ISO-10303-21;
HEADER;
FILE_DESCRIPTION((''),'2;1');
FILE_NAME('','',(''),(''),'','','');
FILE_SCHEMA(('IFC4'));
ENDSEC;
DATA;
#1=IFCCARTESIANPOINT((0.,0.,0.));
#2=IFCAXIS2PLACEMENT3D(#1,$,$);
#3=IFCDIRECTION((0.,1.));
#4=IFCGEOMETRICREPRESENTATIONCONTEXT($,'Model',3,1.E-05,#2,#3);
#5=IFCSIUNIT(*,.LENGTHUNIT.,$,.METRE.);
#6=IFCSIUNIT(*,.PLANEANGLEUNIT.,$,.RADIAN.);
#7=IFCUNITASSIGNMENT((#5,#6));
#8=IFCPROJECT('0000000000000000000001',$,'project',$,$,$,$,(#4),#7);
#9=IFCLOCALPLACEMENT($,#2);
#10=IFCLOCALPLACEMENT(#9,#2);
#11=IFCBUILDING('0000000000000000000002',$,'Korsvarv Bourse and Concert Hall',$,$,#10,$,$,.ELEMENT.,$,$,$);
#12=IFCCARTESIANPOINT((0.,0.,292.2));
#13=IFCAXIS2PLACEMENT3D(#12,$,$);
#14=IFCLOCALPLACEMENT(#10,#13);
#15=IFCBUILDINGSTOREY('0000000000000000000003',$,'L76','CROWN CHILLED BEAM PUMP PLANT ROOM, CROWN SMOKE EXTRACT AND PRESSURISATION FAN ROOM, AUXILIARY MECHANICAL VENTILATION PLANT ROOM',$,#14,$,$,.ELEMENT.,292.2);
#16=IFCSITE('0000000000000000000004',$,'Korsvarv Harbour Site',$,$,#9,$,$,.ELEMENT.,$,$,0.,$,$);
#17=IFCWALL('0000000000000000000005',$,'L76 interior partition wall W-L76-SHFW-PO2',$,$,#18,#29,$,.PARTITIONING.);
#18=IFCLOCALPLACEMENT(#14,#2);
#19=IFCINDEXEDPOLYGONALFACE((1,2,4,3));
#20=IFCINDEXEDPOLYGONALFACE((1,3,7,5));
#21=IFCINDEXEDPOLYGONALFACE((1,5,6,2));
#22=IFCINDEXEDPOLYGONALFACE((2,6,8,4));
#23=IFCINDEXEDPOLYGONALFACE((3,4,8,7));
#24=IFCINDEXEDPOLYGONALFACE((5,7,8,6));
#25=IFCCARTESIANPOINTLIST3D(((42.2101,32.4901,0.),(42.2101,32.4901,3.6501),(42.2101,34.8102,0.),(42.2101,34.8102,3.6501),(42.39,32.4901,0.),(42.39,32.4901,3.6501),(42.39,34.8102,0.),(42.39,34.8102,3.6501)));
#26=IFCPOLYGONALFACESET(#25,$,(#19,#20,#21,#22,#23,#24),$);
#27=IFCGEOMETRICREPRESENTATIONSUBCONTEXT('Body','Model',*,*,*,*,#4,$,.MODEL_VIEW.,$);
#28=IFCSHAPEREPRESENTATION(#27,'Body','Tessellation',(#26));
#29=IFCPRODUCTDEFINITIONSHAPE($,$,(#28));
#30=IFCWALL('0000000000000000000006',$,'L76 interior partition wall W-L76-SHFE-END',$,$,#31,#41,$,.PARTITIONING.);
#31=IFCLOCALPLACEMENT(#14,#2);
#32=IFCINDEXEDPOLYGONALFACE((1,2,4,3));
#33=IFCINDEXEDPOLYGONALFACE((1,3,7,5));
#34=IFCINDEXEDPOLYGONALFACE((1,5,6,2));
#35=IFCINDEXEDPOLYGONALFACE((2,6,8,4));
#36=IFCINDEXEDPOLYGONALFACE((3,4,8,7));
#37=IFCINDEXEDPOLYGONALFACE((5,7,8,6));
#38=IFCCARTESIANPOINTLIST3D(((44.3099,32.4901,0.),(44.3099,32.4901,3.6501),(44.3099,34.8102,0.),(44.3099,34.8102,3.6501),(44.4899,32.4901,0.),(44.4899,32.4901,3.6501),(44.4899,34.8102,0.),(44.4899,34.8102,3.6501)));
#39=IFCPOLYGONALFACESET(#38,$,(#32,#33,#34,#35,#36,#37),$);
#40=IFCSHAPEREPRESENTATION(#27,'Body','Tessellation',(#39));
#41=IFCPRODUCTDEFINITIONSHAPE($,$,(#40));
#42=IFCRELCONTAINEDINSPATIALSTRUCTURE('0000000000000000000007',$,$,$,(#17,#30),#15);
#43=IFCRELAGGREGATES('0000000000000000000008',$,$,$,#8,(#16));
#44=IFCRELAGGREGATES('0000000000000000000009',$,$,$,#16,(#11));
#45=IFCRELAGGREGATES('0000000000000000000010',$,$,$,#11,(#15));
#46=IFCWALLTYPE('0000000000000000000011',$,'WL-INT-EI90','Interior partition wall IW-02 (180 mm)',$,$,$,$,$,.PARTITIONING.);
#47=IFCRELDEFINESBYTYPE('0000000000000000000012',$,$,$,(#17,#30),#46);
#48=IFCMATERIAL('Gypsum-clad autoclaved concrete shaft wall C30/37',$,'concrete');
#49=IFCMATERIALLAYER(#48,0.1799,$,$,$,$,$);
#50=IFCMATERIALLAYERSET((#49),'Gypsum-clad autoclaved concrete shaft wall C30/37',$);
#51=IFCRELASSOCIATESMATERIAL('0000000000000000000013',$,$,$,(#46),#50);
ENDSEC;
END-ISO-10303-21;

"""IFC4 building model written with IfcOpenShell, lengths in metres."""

from ifc_helpers import new_model, si_unit, direction, frame, frame_2d, origin, place, context, subcontext, project, spatial, rectangle, extrude, material, layer, layer_set, type_object, element, save


model = new_model("IFC4")

# Units and contexts
model_context = context("Model", 3, precision=1e-05, world=origin(), true_north=direction((0.0, 1.0)))
body_context = subcontext(model_context, "Body", "Model", "MODEL_VIEW")
ifc_project = project(units=[si_unit("LENGTHUNIT", "METRE"), si_unit("PLANEANGLEUNIT", "RADIAN")], contexts=[model_context])

# Site, building, storey
site_placement = place(None, origin())
site = spatial("IfcSite", under=ifc_project, at=site_placement, Name="Korsvarv Harbour Site", CompositionType="ELEMENT", RefElevation=0.0)
building_placement = place(site_placement, origin())
building = spatial("IfcBuilding", under=site, at=building_placement, Name="Korsvarv Bourse and Concert Hall", CompositionType="ELEMENT")
storey_placement = place(building_placement, frame((0.0, 0.0, 292.2)))
storey = spatial("IfcBuildingStorey", under=building, at=storey_placement, Name="L76", Description="CROWN CHILLED BEAM PUMP PLANT ROOM, CROWN SMOKE EXTRACT AND PRESSURISATION FAN ROOM, AUXILIARY MECHANICAL VENTILATION PLANT ROOM", CompositionType="ELEMENT", Elevation=292.2)

# Walls
ifc_material_1 = material(Name="Gypsum-clad autoclaved concrete shaft wall C30/37", Category="concrete")
ifc_layer_1 = layer(ifc_material_1, 0.1799)
ifc_layer_set_1 = layer_set([ifc_layer_1], Name="Gypsum-clad autoclaved concrete shaft wall C30/37")
wall_type_1 = type_object("IfcWallType", Name="WL-INT-EI90", Description="Interior partition wall IW-02 (180 mm)", PredefinedType="PARTITIONING", material=ifc_layer_set_1)
for number, where, z_axis, x_axis, name in (
    (1, (42.3, 32.49, 0.0), (0.0, 0.0, 1.0), (0.0, 1.0, 0.0), "L76 interior partition wall W-L76-SHFW-PO2"),
    (2, (44.3999, 32.49, 0.0), (0.0, 0.0, 1.0), (0.0, 1.0, 0.0), "L76 interior partition wall W-L76-SHFE-END"),
):
    element("IfcWall", number, at=place(storey_placement, frame(where, z_axis=z_axis, x_axis=x_axis)), inside=storey, type_object=wall_type_1, Name=name, PredefinedType="PARTITIONING", context=body_context, shape_type="SweptSolid", body=[
        extrude(rectangle(XDim=2.3201, YDim=0.1799, at=frame_2d((1.1602, 0.0))), origin(), (0.0, 0.0, 1.0), 3.6501),
    ])

save(model, "model.ifc")
